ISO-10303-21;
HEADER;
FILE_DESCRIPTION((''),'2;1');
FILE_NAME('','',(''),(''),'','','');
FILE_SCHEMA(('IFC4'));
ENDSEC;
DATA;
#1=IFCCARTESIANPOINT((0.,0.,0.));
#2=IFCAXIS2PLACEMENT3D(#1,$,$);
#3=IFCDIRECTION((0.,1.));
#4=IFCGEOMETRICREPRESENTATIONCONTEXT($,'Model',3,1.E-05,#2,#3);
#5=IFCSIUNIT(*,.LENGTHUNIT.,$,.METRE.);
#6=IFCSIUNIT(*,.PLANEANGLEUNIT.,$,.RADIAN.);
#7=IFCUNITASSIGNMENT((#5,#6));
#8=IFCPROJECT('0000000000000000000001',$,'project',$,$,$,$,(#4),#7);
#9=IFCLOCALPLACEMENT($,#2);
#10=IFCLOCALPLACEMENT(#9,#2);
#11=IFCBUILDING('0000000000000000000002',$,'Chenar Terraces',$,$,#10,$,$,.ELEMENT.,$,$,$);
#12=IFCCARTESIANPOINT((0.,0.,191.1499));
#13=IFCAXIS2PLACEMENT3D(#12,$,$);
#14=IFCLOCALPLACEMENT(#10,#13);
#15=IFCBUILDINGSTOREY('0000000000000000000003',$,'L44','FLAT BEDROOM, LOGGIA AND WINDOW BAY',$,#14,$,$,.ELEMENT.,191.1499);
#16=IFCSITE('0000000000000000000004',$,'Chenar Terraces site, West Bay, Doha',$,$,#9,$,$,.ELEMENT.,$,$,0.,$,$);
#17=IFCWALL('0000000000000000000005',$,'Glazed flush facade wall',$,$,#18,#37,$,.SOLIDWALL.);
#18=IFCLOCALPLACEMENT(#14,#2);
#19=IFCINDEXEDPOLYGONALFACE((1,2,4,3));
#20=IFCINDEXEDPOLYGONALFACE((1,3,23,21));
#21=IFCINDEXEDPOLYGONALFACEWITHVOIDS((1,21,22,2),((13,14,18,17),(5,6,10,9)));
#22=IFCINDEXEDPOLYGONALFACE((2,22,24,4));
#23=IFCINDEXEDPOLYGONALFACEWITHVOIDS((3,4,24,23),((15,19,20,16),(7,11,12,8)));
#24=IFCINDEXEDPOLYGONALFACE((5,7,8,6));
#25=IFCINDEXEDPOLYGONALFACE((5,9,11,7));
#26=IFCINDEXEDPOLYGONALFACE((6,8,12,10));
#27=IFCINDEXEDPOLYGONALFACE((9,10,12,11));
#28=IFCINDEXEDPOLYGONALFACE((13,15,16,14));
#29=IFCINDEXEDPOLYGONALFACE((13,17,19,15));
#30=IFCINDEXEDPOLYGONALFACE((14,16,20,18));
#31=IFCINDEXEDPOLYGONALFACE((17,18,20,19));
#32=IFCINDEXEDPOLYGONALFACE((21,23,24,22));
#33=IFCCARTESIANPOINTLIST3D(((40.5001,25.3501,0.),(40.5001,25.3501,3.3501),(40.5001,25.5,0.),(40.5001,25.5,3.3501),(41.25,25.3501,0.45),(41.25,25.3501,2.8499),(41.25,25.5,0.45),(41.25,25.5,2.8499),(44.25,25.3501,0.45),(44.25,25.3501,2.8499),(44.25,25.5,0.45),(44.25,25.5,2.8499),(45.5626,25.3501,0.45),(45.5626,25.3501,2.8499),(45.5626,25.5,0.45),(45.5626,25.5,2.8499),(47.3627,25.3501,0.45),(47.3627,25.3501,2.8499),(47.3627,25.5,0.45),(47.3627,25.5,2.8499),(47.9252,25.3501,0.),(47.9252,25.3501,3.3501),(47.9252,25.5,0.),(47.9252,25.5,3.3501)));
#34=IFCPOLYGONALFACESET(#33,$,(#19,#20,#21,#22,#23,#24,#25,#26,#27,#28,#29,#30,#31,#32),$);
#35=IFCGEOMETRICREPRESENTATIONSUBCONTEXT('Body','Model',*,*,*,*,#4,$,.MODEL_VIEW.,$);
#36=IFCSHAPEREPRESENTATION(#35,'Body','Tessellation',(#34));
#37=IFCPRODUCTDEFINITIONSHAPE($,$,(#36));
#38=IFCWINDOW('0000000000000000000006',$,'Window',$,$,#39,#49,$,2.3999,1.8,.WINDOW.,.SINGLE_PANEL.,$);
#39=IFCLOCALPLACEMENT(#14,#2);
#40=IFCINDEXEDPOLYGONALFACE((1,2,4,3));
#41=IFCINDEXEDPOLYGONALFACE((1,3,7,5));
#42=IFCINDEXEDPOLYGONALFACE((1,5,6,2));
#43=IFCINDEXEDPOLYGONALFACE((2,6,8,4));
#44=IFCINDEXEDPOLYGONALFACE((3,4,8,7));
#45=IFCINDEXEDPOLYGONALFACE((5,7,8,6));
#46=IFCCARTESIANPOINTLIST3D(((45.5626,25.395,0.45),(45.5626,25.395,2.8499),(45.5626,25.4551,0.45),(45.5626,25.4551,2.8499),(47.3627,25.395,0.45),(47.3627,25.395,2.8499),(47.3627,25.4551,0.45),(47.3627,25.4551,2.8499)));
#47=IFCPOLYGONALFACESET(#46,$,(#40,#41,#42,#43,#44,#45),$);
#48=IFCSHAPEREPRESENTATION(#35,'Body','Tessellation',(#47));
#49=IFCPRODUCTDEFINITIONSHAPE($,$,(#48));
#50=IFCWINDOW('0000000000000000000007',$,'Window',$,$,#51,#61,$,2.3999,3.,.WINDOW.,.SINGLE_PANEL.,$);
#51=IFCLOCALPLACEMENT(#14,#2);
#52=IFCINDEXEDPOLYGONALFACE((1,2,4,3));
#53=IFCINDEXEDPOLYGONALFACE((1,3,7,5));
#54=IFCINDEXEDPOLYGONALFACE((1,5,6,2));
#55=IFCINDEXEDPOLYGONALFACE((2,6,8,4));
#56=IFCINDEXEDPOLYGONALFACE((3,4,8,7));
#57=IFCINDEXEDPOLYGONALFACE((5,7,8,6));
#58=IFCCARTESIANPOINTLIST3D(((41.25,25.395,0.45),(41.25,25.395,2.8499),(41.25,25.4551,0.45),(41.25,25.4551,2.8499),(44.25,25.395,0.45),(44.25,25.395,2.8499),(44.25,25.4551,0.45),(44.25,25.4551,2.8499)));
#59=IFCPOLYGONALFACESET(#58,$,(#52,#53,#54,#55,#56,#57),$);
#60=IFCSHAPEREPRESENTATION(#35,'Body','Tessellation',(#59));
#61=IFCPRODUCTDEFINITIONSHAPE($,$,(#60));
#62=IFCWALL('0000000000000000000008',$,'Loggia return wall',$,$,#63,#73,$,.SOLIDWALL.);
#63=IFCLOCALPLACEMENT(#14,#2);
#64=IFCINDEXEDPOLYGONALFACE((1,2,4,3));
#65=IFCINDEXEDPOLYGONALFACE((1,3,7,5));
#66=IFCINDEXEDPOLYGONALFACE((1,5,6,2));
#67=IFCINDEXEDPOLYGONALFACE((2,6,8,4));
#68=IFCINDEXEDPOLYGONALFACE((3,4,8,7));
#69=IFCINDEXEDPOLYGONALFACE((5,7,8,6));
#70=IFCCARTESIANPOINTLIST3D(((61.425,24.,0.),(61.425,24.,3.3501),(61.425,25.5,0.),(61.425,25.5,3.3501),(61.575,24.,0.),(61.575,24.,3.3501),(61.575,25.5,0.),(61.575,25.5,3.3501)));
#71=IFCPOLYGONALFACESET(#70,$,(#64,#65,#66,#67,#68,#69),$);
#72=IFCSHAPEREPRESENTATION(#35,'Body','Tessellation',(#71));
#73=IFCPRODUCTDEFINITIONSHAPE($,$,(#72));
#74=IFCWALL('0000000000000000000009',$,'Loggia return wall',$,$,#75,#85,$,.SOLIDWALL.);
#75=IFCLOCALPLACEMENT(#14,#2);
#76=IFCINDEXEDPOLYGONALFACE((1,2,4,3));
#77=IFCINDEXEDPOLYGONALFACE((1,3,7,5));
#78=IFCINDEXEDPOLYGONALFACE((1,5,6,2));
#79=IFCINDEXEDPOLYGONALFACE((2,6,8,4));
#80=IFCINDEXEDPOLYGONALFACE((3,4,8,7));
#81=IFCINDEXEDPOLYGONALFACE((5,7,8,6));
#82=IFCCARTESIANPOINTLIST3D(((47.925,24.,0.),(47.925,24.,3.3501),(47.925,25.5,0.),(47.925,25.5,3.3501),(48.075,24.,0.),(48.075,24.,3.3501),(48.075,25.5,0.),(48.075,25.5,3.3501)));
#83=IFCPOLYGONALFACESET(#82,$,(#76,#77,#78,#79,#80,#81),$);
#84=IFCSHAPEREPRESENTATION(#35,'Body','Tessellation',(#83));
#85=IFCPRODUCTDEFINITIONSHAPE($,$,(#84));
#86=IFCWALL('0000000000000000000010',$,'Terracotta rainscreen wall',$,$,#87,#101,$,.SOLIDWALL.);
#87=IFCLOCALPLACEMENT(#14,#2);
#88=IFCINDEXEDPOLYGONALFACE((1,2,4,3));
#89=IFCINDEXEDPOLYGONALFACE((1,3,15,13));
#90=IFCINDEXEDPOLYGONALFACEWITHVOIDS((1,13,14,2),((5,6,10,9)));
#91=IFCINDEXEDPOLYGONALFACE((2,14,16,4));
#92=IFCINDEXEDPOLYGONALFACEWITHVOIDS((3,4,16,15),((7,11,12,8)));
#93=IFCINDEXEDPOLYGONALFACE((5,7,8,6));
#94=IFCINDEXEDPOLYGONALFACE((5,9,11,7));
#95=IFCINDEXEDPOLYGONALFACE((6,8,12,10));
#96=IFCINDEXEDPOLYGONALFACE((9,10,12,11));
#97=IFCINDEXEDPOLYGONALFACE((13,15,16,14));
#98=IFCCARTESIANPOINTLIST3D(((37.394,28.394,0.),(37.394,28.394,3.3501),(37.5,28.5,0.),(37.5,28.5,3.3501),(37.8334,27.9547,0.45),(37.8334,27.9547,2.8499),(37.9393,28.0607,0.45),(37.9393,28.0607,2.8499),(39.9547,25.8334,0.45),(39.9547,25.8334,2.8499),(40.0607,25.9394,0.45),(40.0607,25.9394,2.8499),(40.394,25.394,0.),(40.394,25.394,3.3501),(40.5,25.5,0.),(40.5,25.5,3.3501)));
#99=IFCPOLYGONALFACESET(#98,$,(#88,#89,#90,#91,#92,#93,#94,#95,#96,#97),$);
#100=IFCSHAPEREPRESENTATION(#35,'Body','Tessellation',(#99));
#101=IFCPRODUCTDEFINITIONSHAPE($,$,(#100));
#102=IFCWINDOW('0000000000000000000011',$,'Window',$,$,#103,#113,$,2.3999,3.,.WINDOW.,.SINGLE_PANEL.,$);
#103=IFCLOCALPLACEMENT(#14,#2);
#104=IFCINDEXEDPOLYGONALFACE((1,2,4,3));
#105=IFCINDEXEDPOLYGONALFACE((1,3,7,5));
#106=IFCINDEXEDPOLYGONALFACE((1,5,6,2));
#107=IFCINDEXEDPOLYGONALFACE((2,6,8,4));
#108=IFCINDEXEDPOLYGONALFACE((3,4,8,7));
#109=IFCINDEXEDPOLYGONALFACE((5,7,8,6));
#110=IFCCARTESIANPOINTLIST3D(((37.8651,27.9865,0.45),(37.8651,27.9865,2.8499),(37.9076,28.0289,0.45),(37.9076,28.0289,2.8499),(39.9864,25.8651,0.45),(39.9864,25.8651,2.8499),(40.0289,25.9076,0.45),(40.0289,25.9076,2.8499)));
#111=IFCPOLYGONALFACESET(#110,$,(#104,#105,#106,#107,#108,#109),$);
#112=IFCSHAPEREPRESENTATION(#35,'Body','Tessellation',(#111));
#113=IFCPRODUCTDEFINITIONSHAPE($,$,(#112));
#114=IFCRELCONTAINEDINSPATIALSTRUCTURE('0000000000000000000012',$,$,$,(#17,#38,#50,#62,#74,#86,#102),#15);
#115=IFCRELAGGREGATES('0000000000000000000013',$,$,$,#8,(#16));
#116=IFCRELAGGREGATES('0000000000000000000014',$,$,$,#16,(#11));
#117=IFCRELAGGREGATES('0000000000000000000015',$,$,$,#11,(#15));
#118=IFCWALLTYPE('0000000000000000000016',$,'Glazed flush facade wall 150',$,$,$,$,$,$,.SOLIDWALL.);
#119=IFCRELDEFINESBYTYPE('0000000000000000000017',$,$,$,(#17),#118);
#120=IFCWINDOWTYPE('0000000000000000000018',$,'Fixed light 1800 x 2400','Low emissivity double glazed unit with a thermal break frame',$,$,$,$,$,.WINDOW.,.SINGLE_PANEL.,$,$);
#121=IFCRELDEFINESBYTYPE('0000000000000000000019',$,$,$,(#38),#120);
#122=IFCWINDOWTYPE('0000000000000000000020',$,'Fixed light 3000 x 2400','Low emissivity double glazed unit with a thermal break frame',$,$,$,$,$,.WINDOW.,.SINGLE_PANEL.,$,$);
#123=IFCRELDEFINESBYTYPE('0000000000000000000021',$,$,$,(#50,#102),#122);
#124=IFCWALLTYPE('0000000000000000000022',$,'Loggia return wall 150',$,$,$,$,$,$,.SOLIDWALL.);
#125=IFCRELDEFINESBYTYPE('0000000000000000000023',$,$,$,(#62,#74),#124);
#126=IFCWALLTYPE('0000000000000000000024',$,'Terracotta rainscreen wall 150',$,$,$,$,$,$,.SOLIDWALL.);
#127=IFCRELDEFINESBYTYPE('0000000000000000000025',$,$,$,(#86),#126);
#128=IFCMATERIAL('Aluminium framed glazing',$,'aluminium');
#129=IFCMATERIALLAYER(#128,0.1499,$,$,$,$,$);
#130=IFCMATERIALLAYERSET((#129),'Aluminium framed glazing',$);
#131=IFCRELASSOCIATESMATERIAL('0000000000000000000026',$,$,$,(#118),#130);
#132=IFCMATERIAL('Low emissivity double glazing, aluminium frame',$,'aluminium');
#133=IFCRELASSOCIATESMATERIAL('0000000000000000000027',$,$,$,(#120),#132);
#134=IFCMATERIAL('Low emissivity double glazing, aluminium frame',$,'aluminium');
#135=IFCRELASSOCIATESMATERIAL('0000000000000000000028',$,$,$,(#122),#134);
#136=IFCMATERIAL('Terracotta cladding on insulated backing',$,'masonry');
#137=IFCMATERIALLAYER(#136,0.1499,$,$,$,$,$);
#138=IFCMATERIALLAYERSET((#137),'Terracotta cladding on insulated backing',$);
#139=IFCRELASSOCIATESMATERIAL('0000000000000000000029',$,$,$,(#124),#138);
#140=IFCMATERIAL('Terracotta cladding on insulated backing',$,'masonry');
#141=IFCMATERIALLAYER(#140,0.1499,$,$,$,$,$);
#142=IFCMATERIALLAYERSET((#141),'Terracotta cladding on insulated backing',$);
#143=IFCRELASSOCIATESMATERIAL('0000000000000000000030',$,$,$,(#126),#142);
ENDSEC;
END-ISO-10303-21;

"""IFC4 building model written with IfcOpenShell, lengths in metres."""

from ifc_helpers import new_model, si_unit, direction, frame, frame_2d, origin, place, context, subcontext, project, spatial, rectangle, extrude, material, layer, layer_set, type_object, element, fill, save


model = new_model("IFC4")

# Units and contexts
model_context = context("Model", 3, precision=1e-05, world=origin(), true_north=direction((0.0, 1.0)))
body_context = subcontext(model_context, "Body", "Model", "MODEL_VIEW")
ifc_project = project(units=[si_unit("LENGTHUNIT", "METRE"), si_unit("PLANEANGLEUNIT", "RADIAN")], contexts=[model_context])

# Site, building, storey
site_placement = place(None, origin())
site = spatial("IfcSite", under=ifc_project, at=site_placement, Name="Chenar Terraces site, West Bay, Doha", CompositionType="ELEMENT", RefElevation=0.0)
building_placement = place(site_placement, origin())
building = spatial("IfcBuilding", under=site, at=building_placement, Name="Chenar Terraces", CompositionType="ELEMENT")
storey_placement = place(building_placement, frame((0.0, 0.0, 191.1499)))
storey = spatial("IfcBuildingStorey", under=building, at=storey_placement, Name="L44", Description="FLAT BEDROOM, LOGGIA AND WINDOW BAY", CompositionType="ELEMENT", Elevation=191.1499)

# Wall, openings, windows
ifc_material_1 = material(Name="Aluminium framed glazing", Category="aluminium")
ifc_layer_1 = layer(ifc_material_1, 0.1499)
ifc_layer_set_1 = layer_set([ifc_layer_1], Name="Aluminium framed glazing")
wall_type_1 = type_object("IfcWallType", Name="Glazed flush facade wall 150", PredefinedType="SOLIDWALL", material=ifc_layer_set_1)
wall_1_placement = place(storey_placement, frame((47.925, 25.425, 0.0), z_axis=(0.0, 0.0, 1.0), x_axis=(-1.0, 0.0, 0.0)))
wall_1 = element("IfcWall", 1, at=wall_1_placement, inside=storey, type_object=wall_type_1, Name="Glazed flush facade wall", PredefinedType="SOLIDWALL", context=body_context, shape_type="SweptSolid", body=[
    extrude(rectangle(XDim=7.425, YDim=0.1499, at=frame_2d((3.7124, 0.0))), origin(), (0.0, 0.0, 1.0), 3.3501),
])
opening_1_placement = place(wall_1_placement, frame((0.5625, 0.0, 0.45)))
opening_1 = element("IfcOpeningElement", 2, at=opening_1_placement, cuts=wall_1, PredefinedType="OPENING", context=body_context, shape_type="SweptSolid", body=[
    extrude(rectangle(XDim=1.8, YDim=2.3999, at=frame_2d((0.8999, 1.2))), frame((0.0, 0.085, 0.0), z_axis=(0.0, -1.0, 0.0), x_axis=(1.0, 0.0, 0.0)), (0.0, 0.0, 1.0), 0.1699),
])
opening_2_placement = place(wall_1_placement, frame((3.675, 0.0, 0.45)))
opening_2 = element("IfcOpeningElement", 3, at=opening_2_placement, cuts=wall_1, PredefinedType="OPENING", context=body_context, shape_type="SweptSolid", body=[
    extrude(rectangle(XDim=3.0, YDim=2.3999, at=frame_2d((1.5, 1.2))), frame((0.0, 0.085, 0.0), z_axis=(0.0, -1.0, 0.0), x_axis=(1.0, 0.0, 0.0)), (0.0, 0.0, 1.0), 0.1699),
])
ifc_material_2 = material(Name="Low emissivity double glazing, aluminium frame", Category="aluminium")
window_type_1 = type_object("IfcWindowType", Name="Fixed light 1800 x 2400", Description="Low emissivity double glazed unit with a thermal break frame", PartitioningType="SINGLE_PANEL", PredefinedType="WINDOW", material=ifc_material_2)
window_1_placement = place(opening_1_placement, origin())
window_1 = element("IfcWindow", 4, at=window_1_placement, inside=storey, type_object=window_type_1, Name="Window", OverallHeight=2.3999, OverallWidth=1.8, PartitioningType="SINGLE_PANEL", PredefinedType="WINDOW", context=body_context, shape_type="SweptSolid", body=[
    extrude(rectangle(XDim=1.8, YDim=2.3999, at=frame_2d((0.8999, 1.2))), frame((0.0, 0.03, 0.0), z_axis=(0.0, -1.0, 0.0), x_axis=(1.0, 0.0, 0.0)), (0.0, 0.0, 1.0), 0.0601),
])
fill(opening_1, window_1)
ifc_material_3 = material(Name="Low emissivity double glazing, aluminium frame", Category="aluminium")
window_type_2 = type_object("IfcWindowType", Name="Fixed light 3000 x 2400", Description="Low emissivity double glazed unit with a thermal break frame", PartitioningType="SINGLE_PANEL", PredefinedType="WINDOW", material=ifc_material_3)
window_2_placement = place(opening_2_placement, origin())
window_2 = element("IfcWindow", 5, at=window_2_placement, inside=storey, type_object=window_type_2, Name="Window", OverallHeight=2.3999, OverallWidth=3.0, PartitioningType="SINGLE_PANEL", PredefinedType="WINDOW", context=body_context, shape_type="SweptSolid", body=[
    extrude(rectangle(XDim=3.0, YDim=2.3999, at=frame_2d((1.5, 1.2))), frame((0.0, 0.03, 0.0), z_axis=(0.0, -1.0, 0.0), x_axis=(1.0, 0.0, 0.0)), (0.0, 0.0, 1.0), 0.0601),
])
fill(opening_2, window_2)

# Walls
ifc_material_4 = material(Name="Terracotta cladding on insulated backing", Category="masonry")
ifc_layer_2 = layer(ifc_material_4, 0.1499)
ifc_layer_set_2 = layer_set([ifc_layer_2], Name="Terracotta cladding on insulated backing")
wall_type_2 = type_object("IfcWallType", Name="Loggia return wall 150", PredefinedType="SOLIDWALL", material=ifc_layer_set_2)
for number, where, z_axis, x_axis, name in (
    (6, (61.5, 25.5, 0.0), (0.0, 0.0, 1.0), (0.0, -1.0, 0.0), "Loggia return wall"),
    (7, (48.0, 25.5, 0.0), (0.0, 0.0, 1.0), (0.0, -1.0, 0.0), "Loggia return wall"),
):
    element("IfcWall", number, at=place(storey_placement, frame(where, z_axis=z_axis, x_axis=x_axis)), inside=storey, type_object=wall_type_2, Name=name, PredefinedType="SOLIDWALL", context=body_context, shape_type="SweptSolid", body=[
        extrude(rectangle(XDim=1.5, YDim=0.1499, at=frame_2d((0.75, 0.0))), origin(), (0.0, 0.0, 1.0), 3.3501),
    ])

# Wall, opening, window
ifc_material_5 = material(Name="Terracotta cladding on insulated backing", Category="masonry")
ifc_layer_3 = layer(ifc_material_5, 0.1499)
ifc_layer_set_3 = layer_set([ifc_layer_3], Name="Terracotta cladding on insulated backing")
wall_type_3 = type_object("IfcWallType", Name="Terracotta rainscreen wall 150", PredefinedType="SOLIDWALL", material=ifc_layer_set_3)
wall_2_placement = place(storey_placement, frame((40.447, 25.447, 0.0), z_axis=(0.0, 0.0, 1.0), x_axis=(-0.707107, 0.707107, 0.0)))
wall_2 = element("IfcWall", 8, at=wall_2_placement, inside=storey, type_object=wall_type_3, Name="Terracotta rainscreen wall", PredefinedType="SOLIDWALL", context=body_context, shape_type="SweptSolid", body=[
    extrude(rectangle(XDim=4.2427, YDim=0.1499, at=frame_2d((2.1213, 0.0))), origin(), (0.0, 0.0, 1.0), 3.3501),
])
opening_3_placement = place(wall_2_placement, frame((0.6213, 0.0, 0.45)))
opening_3 = element("IfcOpeningElement", 9, at=opening_3_placement, cuts=wall_2, PredefinedType="OPENING", context=body_context, shape_type="SweptSolid", body=[
    extrude(rectangle(XDim=3.0, YDim=2.3999, at=frame_2d((1.5, 1.2))), frame((0.0, 0.085, 0.0), z_axis=(0.0, -1.0, 0.0), x_axis=(1.0, 0.0, 0.0)), (0.0, 0.0, 1.0), 0.1699),
])
window_3_placement = place(opening_3_placement, origin())
window_3 = element("IfcWindow", 10, at=window_3_placement, inside=storey, type_object=window_type_2, Name="Window", OverallHeight=2.3999, OverallWidth=3.0, PartitioningType="SINGLE_PANEL", PredefinedType="WINDOW", context=body_context, shape_type="SweptSolid", body=[
    extrude(rectangle(XDim=3.0, YDim=2.3999, at=frame_2d((1.5, 1.2))), frame((0.0, 0.03, 0.0), z_axis=(0.0, -1.0, 0.0), x_axis=(1.0, 0.0, 0.0)), (0.0, 0.0, 1.0), 0.0601),
])
fill(opening_3, window_3)

save(model, "model.ifc")
